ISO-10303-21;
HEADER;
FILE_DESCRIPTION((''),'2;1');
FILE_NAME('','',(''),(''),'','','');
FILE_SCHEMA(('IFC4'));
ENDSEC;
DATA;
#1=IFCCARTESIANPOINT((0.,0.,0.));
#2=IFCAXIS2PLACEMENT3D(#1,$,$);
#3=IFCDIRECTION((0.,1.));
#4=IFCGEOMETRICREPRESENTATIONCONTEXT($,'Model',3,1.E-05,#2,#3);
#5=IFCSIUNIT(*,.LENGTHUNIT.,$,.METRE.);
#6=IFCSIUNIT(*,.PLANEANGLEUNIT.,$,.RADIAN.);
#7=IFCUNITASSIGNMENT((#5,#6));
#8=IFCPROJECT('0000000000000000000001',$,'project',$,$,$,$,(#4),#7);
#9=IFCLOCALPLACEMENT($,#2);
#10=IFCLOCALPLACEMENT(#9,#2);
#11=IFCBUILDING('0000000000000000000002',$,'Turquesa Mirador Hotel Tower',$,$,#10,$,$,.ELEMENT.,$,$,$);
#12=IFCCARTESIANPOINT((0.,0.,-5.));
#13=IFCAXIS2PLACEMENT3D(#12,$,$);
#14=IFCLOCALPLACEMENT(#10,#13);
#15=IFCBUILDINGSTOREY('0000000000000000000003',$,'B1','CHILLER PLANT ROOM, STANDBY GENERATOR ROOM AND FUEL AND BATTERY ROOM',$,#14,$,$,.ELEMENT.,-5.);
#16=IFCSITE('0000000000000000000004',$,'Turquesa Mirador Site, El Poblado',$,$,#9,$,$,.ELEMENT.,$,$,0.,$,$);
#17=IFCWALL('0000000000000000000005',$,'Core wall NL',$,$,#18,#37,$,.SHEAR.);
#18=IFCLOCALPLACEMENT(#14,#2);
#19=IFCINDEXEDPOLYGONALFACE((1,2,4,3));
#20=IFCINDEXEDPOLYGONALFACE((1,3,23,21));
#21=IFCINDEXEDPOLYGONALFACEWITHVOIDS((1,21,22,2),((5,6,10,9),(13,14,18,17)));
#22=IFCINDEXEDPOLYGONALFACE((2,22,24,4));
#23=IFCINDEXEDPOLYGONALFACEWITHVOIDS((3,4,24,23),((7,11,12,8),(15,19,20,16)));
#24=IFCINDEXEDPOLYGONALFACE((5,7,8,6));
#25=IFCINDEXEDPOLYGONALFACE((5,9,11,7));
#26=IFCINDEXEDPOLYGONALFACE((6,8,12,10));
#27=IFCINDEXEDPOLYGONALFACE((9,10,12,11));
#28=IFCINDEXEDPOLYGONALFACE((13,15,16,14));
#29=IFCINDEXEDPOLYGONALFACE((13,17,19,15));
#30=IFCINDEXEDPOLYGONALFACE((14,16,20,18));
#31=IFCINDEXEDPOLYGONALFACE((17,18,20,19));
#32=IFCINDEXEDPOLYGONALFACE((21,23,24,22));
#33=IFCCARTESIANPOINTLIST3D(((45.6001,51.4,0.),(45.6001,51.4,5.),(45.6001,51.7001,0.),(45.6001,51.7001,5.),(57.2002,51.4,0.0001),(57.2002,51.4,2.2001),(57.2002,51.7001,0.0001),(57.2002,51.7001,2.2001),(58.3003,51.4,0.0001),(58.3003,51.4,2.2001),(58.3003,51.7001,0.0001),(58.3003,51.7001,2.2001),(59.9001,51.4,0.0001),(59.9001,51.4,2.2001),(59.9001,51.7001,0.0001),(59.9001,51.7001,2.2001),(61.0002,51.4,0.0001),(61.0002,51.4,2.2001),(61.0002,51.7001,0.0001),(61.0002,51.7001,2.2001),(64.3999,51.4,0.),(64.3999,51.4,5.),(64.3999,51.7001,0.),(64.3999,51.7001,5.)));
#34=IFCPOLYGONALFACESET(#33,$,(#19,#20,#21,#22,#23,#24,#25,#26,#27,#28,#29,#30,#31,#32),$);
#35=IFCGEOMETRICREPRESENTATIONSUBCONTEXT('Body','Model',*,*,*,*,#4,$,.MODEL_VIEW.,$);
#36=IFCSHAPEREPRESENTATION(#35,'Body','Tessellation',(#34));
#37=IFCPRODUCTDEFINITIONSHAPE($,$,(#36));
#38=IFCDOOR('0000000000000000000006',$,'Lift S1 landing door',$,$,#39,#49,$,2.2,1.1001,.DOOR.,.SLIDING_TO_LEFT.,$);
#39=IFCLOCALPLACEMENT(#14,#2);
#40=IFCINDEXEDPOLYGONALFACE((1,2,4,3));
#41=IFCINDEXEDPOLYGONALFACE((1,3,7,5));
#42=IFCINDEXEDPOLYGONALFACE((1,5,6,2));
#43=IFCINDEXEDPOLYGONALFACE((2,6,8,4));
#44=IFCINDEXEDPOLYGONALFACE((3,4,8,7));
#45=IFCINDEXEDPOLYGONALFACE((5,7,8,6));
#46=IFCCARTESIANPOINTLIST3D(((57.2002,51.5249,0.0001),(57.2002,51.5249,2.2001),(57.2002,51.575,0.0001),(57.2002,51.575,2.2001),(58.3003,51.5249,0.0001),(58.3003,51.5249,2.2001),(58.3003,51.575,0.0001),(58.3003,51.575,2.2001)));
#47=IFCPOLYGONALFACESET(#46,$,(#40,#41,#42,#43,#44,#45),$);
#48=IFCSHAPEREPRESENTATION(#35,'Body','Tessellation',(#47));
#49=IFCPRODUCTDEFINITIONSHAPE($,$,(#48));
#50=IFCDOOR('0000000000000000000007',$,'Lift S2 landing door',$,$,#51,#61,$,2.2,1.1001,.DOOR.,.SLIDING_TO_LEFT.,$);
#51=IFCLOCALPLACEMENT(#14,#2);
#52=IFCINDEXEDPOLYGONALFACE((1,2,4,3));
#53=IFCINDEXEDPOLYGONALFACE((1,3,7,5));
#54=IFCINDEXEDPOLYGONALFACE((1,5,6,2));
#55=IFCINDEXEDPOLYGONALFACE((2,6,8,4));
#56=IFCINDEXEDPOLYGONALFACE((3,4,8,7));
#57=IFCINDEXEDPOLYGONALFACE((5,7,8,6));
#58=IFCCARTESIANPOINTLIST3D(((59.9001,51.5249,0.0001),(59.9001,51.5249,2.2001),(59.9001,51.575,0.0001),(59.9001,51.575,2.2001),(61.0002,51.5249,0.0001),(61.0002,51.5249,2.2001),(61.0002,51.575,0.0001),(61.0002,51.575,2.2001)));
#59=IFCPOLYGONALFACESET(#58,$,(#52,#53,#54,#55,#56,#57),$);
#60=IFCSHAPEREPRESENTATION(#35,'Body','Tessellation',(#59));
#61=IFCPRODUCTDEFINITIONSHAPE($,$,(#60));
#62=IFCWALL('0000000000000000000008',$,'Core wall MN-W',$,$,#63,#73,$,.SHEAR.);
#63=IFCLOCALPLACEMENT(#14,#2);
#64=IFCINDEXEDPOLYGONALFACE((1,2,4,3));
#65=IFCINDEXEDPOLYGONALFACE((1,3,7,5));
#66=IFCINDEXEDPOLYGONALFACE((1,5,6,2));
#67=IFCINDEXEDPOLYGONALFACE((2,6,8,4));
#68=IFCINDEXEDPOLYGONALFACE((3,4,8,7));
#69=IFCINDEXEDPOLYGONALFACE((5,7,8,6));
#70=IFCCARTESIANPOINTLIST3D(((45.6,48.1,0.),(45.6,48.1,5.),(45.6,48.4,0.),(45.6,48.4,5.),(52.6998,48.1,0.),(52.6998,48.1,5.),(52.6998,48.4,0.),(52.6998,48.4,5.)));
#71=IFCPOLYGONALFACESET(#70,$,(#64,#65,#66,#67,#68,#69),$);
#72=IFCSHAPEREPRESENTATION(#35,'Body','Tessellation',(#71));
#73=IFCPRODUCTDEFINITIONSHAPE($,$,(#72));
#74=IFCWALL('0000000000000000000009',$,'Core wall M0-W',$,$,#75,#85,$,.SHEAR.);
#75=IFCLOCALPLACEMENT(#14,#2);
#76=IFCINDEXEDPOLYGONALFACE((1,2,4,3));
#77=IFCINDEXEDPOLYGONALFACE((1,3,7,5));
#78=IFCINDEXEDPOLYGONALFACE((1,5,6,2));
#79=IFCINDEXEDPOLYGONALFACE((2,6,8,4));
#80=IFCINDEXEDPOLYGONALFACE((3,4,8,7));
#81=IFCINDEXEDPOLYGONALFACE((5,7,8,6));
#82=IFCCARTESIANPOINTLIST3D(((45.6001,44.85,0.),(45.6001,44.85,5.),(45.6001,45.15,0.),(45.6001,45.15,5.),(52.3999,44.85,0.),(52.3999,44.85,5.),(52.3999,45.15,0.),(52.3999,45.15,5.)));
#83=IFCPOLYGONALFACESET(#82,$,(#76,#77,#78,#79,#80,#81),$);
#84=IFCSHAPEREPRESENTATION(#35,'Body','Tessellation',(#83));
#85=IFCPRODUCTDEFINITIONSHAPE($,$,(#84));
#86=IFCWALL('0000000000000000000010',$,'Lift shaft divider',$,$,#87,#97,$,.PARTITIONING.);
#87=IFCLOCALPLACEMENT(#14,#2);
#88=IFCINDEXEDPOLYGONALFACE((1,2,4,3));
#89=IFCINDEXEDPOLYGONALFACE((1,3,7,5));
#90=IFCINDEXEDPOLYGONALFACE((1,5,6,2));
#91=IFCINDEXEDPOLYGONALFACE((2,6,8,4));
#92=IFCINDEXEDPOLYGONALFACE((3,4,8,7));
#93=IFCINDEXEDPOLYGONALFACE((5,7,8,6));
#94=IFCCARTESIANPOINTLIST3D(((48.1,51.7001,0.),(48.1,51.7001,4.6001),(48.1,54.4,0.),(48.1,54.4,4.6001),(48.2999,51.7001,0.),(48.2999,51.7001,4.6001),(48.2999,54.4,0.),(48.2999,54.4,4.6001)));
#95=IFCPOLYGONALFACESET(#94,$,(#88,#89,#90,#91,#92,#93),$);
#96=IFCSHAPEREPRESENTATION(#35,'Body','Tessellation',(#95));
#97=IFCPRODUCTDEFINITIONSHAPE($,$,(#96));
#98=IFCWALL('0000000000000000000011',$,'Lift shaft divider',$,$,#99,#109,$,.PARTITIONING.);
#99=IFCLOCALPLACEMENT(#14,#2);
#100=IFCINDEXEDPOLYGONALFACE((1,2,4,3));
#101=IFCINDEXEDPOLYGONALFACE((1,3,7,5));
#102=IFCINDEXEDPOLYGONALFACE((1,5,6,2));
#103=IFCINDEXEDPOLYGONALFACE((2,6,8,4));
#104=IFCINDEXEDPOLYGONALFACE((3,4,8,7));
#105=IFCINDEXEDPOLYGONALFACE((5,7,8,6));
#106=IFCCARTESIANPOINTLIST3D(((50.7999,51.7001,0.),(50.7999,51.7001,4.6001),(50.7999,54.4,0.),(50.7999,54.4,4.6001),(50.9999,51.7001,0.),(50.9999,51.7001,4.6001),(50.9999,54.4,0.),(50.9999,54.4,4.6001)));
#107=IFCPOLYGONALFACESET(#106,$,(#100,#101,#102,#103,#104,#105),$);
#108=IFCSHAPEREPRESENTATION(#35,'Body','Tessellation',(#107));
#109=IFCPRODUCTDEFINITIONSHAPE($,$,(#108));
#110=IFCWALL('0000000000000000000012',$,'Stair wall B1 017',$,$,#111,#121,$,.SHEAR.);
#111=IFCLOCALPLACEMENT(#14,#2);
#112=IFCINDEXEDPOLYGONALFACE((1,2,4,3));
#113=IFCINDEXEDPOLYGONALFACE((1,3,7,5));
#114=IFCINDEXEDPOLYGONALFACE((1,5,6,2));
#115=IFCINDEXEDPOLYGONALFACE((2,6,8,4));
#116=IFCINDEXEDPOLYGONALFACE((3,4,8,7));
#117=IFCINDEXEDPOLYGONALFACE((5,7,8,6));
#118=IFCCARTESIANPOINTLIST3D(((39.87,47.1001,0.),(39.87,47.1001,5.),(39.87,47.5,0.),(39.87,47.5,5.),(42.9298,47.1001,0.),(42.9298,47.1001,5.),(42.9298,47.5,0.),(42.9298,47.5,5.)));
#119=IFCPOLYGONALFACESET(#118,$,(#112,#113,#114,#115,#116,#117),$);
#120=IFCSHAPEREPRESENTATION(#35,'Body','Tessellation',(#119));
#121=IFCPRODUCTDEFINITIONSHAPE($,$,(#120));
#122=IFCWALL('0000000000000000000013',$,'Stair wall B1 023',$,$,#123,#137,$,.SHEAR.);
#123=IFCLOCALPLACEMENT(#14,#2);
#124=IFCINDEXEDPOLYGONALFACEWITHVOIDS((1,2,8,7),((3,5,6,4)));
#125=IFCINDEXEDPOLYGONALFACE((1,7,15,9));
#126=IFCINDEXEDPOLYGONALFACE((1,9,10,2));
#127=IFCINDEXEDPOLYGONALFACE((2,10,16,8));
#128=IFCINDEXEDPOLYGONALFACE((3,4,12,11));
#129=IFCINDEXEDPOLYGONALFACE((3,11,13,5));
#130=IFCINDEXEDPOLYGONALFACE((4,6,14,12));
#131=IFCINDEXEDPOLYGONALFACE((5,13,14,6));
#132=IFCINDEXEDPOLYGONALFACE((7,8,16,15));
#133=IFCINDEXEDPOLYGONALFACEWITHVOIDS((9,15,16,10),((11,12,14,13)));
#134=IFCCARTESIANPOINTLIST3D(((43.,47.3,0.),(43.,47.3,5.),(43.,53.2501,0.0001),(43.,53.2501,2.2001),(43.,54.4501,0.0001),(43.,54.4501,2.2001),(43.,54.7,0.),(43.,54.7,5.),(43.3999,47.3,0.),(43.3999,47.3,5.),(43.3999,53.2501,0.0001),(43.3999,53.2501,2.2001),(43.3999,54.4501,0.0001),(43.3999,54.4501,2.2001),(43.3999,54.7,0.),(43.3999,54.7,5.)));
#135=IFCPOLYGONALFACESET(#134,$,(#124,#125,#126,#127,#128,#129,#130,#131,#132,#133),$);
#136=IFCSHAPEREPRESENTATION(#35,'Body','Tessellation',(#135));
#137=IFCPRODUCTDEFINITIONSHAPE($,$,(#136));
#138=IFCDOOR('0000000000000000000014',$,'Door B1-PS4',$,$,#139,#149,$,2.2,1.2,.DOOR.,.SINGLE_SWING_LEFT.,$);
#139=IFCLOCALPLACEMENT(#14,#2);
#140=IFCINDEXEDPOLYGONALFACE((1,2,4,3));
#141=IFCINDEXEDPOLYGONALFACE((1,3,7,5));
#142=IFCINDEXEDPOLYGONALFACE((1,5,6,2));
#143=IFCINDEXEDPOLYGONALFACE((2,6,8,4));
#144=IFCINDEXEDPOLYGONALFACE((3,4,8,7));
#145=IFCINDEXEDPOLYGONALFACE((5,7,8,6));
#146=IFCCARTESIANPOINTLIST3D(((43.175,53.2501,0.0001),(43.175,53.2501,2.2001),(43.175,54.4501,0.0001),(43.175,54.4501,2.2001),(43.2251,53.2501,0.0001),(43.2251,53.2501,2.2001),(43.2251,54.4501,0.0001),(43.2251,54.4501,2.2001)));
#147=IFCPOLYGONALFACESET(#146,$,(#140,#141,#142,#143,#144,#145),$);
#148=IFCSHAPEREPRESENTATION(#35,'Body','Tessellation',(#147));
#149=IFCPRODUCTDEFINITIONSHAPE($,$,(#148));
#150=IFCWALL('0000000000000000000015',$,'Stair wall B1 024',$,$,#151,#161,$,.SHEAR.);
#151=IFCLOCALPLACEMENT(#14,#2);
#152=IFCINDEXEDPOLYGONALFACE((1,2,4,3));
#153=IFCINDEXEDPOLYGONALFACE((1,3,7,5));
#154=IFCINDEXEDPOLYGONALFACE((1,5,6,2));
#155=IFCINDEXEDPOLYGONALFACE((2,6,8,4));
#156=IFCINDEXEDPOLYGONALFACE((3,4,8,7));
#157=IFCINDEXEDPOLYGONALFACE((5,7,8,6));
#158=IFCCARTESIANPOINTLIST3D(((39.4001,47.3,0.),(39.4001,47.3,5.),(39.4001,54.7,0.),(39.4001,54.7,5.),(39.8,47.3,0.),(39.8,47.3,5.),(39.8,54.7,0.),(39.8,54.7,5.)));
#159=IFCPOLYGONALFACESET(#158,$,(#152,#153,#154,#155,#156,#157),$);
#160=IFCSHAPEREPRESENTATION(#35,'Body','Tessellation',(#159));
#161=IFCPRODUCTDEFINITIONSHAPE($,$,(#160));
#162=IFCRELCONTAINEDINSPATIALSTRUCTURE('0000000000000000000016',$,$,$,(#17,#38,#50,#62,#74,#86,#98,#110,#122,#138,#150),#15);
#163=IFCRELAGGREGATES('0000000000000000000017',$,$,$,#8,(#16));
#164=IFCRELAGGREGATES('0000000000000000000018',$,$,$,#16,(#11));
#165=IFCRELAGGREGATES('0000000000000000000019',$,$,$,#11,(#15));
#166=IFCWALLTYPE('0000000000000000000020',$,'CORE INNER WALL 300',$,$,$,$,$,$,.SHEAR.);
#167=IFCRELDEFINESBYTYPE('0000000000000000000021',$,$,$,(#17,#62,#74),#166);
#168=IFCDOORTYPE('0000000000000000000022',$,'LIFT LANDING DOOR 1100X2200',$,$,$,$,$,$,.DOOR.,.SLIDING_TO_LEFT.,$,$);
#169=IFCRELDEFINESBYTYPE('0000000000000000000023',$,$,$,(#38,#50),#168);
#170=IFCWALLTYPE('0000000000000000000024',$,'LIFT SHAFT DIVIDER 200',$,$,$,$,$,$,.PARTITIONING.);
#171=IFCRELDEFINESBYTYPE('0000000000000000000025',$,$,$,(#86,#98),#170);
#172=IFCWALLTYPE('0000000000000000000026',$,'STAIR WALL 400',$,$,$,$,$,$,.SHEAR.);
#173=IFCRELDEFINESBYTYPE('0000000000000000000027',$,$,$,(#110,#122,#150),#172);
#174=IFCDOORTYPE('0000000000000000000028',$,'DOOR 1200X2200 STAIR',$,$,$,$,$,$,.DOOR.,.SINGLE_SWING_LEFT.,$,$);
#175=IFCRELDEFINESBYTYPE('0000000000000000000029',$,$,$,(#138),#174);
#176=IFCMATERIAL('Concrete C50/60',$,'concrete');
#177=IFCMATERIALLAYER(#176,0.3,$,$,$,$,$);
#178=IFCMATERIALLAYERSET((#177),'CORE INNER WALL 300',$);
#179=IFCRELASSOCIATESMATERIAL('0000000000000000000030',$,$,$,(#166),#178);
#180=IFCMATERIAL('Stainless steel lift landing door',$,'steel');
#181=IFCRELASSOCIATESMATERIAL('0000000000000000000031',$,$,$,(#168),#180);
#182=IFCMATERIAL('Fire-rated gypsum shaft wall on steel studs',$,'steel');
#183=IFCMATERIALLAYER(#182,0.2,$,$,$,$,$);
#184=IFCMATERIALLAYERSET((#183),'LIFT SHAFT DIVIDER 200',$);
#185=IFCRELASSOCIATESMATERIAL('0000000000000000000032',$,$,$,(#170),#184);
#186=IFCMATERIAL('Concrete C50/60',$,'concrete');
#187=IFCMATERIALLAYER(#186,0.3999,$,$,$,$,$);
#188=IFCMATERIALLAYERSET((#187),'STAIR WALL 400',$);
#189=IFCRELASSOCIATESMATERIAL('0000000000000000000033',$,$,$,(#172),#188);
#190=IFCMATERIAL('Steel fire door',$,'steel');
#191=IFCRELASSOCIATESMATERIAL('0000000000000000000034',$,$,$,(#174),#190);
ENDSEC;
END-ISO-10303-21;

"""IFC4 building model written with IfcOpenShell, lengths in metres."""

from ifc_helpers import new_model, si_unit, direction, frame, frame_2d, origin, place, context, subcontext, project, spatial, rectangle, extrude, material, layer, layer_set, type_object, element, fill, save


model = new_model("IFC4")

# Units and contexts
model_context = context("Model", 3, precision=1e-05, world=origin(), true_north=direction((0.0, 1.0)))
body_context = subcontext(model_context, "Body", "Model", "MODEL_VIEW")
ifc_project = project(units=[si_unit("LENGTHUNIT", "METRE"), si_unit("PLANEANGLEUNIT", "RADIAN")], contexts=[model_context])

# Site, building, storey
site_placement = place(None, origin())
site = spatial("IfcSite", under=ifc_project, at=site_placement, Name="Turquesa Mirador Site, El Poblado", CompositionType="ELEMENT", RefElevation=0.0)
building_placement = place(site_placement, origin())
building = spatial("IfcBuilding", under=site, at=building_placement, Name="Turquesa Mirador Hotel Tower", CompositionType="ELEMENT")
storey_placement = place(building_placement, frame((0.0, 0.0, -5.0)))
storey = spatial("IfcBuildingStorey", under=building, at=storey_placement, Name="B1", Description="CHILLER PLANT ROOM, STANDBY GENERATOR ROOM AND FUEL AND BATTERY ROOM", CompositionType="ELEMENT", Elevation=-5.0)

# Wall, openings, doors
ifc_material_1 = material(Name="Concrete C50/60", Category="concrete")
ifc_layer_1 = layer(ifc_material_1, 0.3)
ifc_layer_set_1 = layer_set([ifc_layer_1], Name="CORE INNER WALL 300")
wall_type_1 = type_object("IfcWallType", Name="CORE INNER WALL 300", PredefinedType="SHEAR", material=ifc_layer_set_1)
wall_1_placement = place(storey_placement, frame((45.6001, 51.55, 0.0), z_axis=(0.0, 0.0, 1.0), x_axis=(1.0, 0.0, 0.0)))
wall_1 = element("IfcWall", 1, at=wall_1_placement, inside=storey, type_object=wall_type_1, Name="Core wall NL", PredefinedType="SHEAR", context=body_context, shape_type="SweptSolid", body=[
    extrude(rectangle(XDim=18.7998, YDim=0.3, at=frame_2d((9.3999, 0.0))), origin(), (0.0, 0.0, 1.0), 5.0),
])
opening_1_placement = place(wall_1_placement, frame((11.6001, 0.0, 0.0)))
opening_1 = element("IfcOpeningElement", 2, at=opening_1_placement, cuts=wall_1, PredefinedType="OPENING", context=body_context, shape_type="SweptSolid", body=[
    extrude(rectangle(XDim=1.1001, YDim=2.2, at=frame_2d((0.55, 1.1001))), frame((0.0, 0.1599, 0.0), z_axis=(0.0, -1.0, 0.0), x_axis=(1.0, 0.0, 0.0)), (0.0, 0.0, 1.0), 0.3201),
])
opening_2_placement = place(wall_1_placement, frame((14.3, 0.0, 0.0)))
opening_2 = element("IfcOpeningElement", 3, at=opening_2_placement, cuts=wall_1, PredefinedType="OPENING", context=body_context, shape_type="SweptSolid", body=[
    extrude(rectangle(XDim=1.1001, YDim=2.2, at=frame_2d((0.55, 1.1001))), frame((0.0, 0.1599, 0.0), z_axis=(0.0, -1.0, 0.0), x_axis=(1.0, 0.0, 0.0)), (0.0, 0.0, 1.0), 0.3201),
])
ifc_material_2 = material(Name="Stainless steel lift landing door", Category="steel")
door_type_1 = type_object("IfcDoorType", Name="LIFT LANDING DOOR 1100X2200", OperationType="SLIDING_TO_LEFT", PredefinedType="DOOR", material=ifc_material_2)
door_1_placement = place(opening_1_placement, origin())
door_1 = element("IfcDoor", 4, at=door_1_placement, inside=storey, type_object=door_type_1, Name="Lift S1 landing door", OperationType="SLIDING_TO_LEFT", OverallHeight=2.2, OverallWidth=1.1001, PredefinedType="DOOR", context=body_context, shape_type="SweptSolid", body=[
    extrude(rectangle(XDim=1.1001, YDim=2.2, at=frame_2d((0.55, 1.1001))), frame((0.0, 0.0249, 0.0), z_axis=(0.0, -1.0, 0.0), x_axis=(1.0, 0.0, 0.0)), (0.0, 0.0, 1.0), 0.05),
])
fill(opening_1, door_1)
door_2_placement = place(opening_2_placement, origin())
door_2 = element("IfcDoor", 5, at=door_2_placement, inside=storey, type_object=door_type_1, Name="Lift S2 landing door", OperationType="SLIDING_TO_LEFT", OverallHeight=2.2, OverallWidth=1.1001, PredefinedType="DOOR", context=body_context, shape_type="SweptSolid", body=[
    extrude(rectangle(XDim=1.1001, YDim=2.2, at=frame_2d((0.55, 1.1001))), frame((0.0, 0.0249, 0.0), z_axis=(0.0, -1.0, 0.0), x_axis=(1.0, 0.0, 0.0)), (0.0, 0.0, 1.0), 0.05),
])
fill(opening_2, door_2)

# Walls
wall_2_placement = place(storey_placement, frame((45.6001, 48.25, 0.0), z_axis=(0.0, 0.0, 1.0), x_axis=(1.0, 0.0, 0.0)))
element("IfcWall", 6, at=wall_2_placement, inside=storey, type_object=wall_type_1, Name="Core wall MN-W", PredefinedType="SHEAR", context=body_context, shape_type="SweptSolid", body=[
    extrude(rectangle(XDim=7.0999, YDim=0.3, at=frame_2d((3.5498, 0.0))), origin(), (0.0, 0.0, 1.0), 5.0),
])
wall_3_placement = place(storey_placement, frame((45.6001, 45.0, 0.0), z_axis=(0.0, 0.0, 1.0), x_axis=(1.0, 0.0, 0.0)))
element("IfcWall", 7, at=wall_3_placement, inside=storey, type_object=wall_type_1, Name="Core wall M0-W", PredefinedType="SHEAR", context=body_context, shape_type="SweptSolid", body=[
    extrude(rectangle(XDim=6.7998, YDim=0.3, at=frame_2d((3.3999, 0.0))), origin(), (0.0, 0.0, 1.0), 5.0),
])
ifc_material_3 = material(Name="Fire-rated gypsum shaft wall on steel studs", Category="steel")
ifc_layer_2 = layer(ifc_material_3, 0.2)
ifc_layer_set_2 = layer_set([ifc_layer_2], Name="LIFT SHAFT DIVIDER 200")
wall_type_2 = type_object("IfcWallType", Name="LIFT SHAFT DIVIDER 200", PredefinedType="PARTITIONING", material=ifc_layer_set_2)
for number, where, z_axis, x_axis, name in (
    (8, (48.2, 51.7, 0.0), (0.0, 0.0, 1.0), (0.0, 1.0, 0.0), "Lift shaft divider"),
    (9, (50.8999, 51.7, 0.0), (0.0, 0.0, 1.0), (0.0, 1.0, 0.0), "Lift shaft divider"),
):
    element("IfcWall", number, at=place(storey_placement, frame(where, z_axis=z_axis, x_axis=x_axis)), inside=storey, type_object=wall_type_2, Name=name, PredefinedType="PARTITIONING", context=body_context, shape_type="SweptSolid", body=[
        extrude(rectangle(XDim=2.7, YDim=0.2, at=frame_2d((1.3501, 0.0))), origin(), (0.0, 0.0, 1.0), 4.6001),
    ])
ifc_material_4 = material(Name="Concrete C50/60", Category="concrete")
ifc_layer_3 = layer(ifc_material_4, 0.3999)
ifc_layer_set_3 = layer_set([ifc_layer_3], Name="STAIR WALL 400")
wall_type_3 = type_object("IfcWallType", Name="STAIR WALL 400", PredefinedType="SHEAR", material=ifc_layer_set_3)
wall_4_placement = place(storey_placement, frame((39.8701, 47.3, 0.0), z_axis=(0.0, 0.0, 1.0), x_axis=(1.0, 0.0, 0.0)))
element("IfcWall", 10, at=wall_4_placement, inside=storey, type_object=wall_type_3, Name="Stair wall B1 017", PredefinedType="SHEAR", context=body_context, shape_type="SweptSolid", body=[
    extrude(rectangle(XDim=3.0598, YDim=0.3999, at=frame_2d((1.5298, 0.0))), origin(), (0.0, 0.0, 1.0), 5.0),
])

# Wall, opening, door
wall_5_placement = place(storey_placement, frame((43.2, 47.3, 0.0), z_axis=(0.0, 0.0, 1.0), x_axis=(0.0, 1.0, 0.0)))
wall_5 = element("IfcWall", 11, at=wall_5_placement, inside=storey, type_object=wall_type_3, Name="Stair wall B1 023", PredefinedType="SHEAR", context=body_context, shape_type="SweptSolid", body=[
    extrude(rectangle(XDim=7.3999, YDim=0.3999, at=frame_2d((3.7, 0.0))), origin(), (0.0, 0.0, 1.0), 5.0),
])
opening_3_placement = place(wall_5_placement, frame((5.95, 0.0, 0.0)))
opening_3 = element("IfcOpeningElement", 12, at=opening_3_placement, cuts=wall_5, PredefinedType="OPENING", context=body_context, shape_type="SweptSolid", body=[
    extrude(rectangle(XDim=1.2, YDim=2.2, at=frame_2d((0.6001, 1.1001))), frame((0.0, 0.21, 0.0), z_axis=(0.0, -1.0, 0.0), x_axis=(1.0, 0.0, 0.0)), (0.0, 0.0, 1.0), 0.4199),
])
ifc_material_5 = material(Name="Steel fire door", Category="steel")
door_type_2 = type_object("IfcDoorType", Name="DOOR 1200X2200 STAIR", OperationType="SINGLE_SWING_LEFT", PredefinedType="DOOR", material=ifc_material_5)
door_3_placement = place(opening_3_placement, origin())
door_3 = element("IfcDoor", 13, at=door_3_placement, inside=storey, type_object=door_type_2, Name="Door B1-PS4", OperationType="SINGLE_SWING_LEFT", OverallHeight=2.2, OverallWidth=1.2, PredefinedType="DOOR", context=body_context, shape_type="SweptSolid", body=[
    extrude(rectangle(XDim=1.2, YDim=2.2, at=frame_2d((0.6001, 1.1001))), frame((0.0, 0.0249, 0.0), z_axis=(0.0, -1.0, 0.0), x_axis=(1.0, 0.0, 0.0)), (0.0, 0.0, 1.0), 0.05),
])
fill(opening_3, door_3)

# Wall
wall_6_placement = place(storey_placement, frame((39.6001, 47.3, 0.0), z_axis=(0.0, 0.0, 1.0), x_axis=(0.0, 1.0, 0.0)))
element("IfcWall", 14, at=wall_6_placement, inside=storey, type_object=wall_type_3, Name="Stair wall B1 024", PredefinedType="SHEAR", context=body_context, shape_type="SweptSolid", body=[
    extrude(rectangle(XDim=7.3999, YDim=0.3999, at=frame_2d((3.7, 0.0))), origin(), (0.0, 0.0, 1.0), 5.0),
])

save(model, "model.ifc")
